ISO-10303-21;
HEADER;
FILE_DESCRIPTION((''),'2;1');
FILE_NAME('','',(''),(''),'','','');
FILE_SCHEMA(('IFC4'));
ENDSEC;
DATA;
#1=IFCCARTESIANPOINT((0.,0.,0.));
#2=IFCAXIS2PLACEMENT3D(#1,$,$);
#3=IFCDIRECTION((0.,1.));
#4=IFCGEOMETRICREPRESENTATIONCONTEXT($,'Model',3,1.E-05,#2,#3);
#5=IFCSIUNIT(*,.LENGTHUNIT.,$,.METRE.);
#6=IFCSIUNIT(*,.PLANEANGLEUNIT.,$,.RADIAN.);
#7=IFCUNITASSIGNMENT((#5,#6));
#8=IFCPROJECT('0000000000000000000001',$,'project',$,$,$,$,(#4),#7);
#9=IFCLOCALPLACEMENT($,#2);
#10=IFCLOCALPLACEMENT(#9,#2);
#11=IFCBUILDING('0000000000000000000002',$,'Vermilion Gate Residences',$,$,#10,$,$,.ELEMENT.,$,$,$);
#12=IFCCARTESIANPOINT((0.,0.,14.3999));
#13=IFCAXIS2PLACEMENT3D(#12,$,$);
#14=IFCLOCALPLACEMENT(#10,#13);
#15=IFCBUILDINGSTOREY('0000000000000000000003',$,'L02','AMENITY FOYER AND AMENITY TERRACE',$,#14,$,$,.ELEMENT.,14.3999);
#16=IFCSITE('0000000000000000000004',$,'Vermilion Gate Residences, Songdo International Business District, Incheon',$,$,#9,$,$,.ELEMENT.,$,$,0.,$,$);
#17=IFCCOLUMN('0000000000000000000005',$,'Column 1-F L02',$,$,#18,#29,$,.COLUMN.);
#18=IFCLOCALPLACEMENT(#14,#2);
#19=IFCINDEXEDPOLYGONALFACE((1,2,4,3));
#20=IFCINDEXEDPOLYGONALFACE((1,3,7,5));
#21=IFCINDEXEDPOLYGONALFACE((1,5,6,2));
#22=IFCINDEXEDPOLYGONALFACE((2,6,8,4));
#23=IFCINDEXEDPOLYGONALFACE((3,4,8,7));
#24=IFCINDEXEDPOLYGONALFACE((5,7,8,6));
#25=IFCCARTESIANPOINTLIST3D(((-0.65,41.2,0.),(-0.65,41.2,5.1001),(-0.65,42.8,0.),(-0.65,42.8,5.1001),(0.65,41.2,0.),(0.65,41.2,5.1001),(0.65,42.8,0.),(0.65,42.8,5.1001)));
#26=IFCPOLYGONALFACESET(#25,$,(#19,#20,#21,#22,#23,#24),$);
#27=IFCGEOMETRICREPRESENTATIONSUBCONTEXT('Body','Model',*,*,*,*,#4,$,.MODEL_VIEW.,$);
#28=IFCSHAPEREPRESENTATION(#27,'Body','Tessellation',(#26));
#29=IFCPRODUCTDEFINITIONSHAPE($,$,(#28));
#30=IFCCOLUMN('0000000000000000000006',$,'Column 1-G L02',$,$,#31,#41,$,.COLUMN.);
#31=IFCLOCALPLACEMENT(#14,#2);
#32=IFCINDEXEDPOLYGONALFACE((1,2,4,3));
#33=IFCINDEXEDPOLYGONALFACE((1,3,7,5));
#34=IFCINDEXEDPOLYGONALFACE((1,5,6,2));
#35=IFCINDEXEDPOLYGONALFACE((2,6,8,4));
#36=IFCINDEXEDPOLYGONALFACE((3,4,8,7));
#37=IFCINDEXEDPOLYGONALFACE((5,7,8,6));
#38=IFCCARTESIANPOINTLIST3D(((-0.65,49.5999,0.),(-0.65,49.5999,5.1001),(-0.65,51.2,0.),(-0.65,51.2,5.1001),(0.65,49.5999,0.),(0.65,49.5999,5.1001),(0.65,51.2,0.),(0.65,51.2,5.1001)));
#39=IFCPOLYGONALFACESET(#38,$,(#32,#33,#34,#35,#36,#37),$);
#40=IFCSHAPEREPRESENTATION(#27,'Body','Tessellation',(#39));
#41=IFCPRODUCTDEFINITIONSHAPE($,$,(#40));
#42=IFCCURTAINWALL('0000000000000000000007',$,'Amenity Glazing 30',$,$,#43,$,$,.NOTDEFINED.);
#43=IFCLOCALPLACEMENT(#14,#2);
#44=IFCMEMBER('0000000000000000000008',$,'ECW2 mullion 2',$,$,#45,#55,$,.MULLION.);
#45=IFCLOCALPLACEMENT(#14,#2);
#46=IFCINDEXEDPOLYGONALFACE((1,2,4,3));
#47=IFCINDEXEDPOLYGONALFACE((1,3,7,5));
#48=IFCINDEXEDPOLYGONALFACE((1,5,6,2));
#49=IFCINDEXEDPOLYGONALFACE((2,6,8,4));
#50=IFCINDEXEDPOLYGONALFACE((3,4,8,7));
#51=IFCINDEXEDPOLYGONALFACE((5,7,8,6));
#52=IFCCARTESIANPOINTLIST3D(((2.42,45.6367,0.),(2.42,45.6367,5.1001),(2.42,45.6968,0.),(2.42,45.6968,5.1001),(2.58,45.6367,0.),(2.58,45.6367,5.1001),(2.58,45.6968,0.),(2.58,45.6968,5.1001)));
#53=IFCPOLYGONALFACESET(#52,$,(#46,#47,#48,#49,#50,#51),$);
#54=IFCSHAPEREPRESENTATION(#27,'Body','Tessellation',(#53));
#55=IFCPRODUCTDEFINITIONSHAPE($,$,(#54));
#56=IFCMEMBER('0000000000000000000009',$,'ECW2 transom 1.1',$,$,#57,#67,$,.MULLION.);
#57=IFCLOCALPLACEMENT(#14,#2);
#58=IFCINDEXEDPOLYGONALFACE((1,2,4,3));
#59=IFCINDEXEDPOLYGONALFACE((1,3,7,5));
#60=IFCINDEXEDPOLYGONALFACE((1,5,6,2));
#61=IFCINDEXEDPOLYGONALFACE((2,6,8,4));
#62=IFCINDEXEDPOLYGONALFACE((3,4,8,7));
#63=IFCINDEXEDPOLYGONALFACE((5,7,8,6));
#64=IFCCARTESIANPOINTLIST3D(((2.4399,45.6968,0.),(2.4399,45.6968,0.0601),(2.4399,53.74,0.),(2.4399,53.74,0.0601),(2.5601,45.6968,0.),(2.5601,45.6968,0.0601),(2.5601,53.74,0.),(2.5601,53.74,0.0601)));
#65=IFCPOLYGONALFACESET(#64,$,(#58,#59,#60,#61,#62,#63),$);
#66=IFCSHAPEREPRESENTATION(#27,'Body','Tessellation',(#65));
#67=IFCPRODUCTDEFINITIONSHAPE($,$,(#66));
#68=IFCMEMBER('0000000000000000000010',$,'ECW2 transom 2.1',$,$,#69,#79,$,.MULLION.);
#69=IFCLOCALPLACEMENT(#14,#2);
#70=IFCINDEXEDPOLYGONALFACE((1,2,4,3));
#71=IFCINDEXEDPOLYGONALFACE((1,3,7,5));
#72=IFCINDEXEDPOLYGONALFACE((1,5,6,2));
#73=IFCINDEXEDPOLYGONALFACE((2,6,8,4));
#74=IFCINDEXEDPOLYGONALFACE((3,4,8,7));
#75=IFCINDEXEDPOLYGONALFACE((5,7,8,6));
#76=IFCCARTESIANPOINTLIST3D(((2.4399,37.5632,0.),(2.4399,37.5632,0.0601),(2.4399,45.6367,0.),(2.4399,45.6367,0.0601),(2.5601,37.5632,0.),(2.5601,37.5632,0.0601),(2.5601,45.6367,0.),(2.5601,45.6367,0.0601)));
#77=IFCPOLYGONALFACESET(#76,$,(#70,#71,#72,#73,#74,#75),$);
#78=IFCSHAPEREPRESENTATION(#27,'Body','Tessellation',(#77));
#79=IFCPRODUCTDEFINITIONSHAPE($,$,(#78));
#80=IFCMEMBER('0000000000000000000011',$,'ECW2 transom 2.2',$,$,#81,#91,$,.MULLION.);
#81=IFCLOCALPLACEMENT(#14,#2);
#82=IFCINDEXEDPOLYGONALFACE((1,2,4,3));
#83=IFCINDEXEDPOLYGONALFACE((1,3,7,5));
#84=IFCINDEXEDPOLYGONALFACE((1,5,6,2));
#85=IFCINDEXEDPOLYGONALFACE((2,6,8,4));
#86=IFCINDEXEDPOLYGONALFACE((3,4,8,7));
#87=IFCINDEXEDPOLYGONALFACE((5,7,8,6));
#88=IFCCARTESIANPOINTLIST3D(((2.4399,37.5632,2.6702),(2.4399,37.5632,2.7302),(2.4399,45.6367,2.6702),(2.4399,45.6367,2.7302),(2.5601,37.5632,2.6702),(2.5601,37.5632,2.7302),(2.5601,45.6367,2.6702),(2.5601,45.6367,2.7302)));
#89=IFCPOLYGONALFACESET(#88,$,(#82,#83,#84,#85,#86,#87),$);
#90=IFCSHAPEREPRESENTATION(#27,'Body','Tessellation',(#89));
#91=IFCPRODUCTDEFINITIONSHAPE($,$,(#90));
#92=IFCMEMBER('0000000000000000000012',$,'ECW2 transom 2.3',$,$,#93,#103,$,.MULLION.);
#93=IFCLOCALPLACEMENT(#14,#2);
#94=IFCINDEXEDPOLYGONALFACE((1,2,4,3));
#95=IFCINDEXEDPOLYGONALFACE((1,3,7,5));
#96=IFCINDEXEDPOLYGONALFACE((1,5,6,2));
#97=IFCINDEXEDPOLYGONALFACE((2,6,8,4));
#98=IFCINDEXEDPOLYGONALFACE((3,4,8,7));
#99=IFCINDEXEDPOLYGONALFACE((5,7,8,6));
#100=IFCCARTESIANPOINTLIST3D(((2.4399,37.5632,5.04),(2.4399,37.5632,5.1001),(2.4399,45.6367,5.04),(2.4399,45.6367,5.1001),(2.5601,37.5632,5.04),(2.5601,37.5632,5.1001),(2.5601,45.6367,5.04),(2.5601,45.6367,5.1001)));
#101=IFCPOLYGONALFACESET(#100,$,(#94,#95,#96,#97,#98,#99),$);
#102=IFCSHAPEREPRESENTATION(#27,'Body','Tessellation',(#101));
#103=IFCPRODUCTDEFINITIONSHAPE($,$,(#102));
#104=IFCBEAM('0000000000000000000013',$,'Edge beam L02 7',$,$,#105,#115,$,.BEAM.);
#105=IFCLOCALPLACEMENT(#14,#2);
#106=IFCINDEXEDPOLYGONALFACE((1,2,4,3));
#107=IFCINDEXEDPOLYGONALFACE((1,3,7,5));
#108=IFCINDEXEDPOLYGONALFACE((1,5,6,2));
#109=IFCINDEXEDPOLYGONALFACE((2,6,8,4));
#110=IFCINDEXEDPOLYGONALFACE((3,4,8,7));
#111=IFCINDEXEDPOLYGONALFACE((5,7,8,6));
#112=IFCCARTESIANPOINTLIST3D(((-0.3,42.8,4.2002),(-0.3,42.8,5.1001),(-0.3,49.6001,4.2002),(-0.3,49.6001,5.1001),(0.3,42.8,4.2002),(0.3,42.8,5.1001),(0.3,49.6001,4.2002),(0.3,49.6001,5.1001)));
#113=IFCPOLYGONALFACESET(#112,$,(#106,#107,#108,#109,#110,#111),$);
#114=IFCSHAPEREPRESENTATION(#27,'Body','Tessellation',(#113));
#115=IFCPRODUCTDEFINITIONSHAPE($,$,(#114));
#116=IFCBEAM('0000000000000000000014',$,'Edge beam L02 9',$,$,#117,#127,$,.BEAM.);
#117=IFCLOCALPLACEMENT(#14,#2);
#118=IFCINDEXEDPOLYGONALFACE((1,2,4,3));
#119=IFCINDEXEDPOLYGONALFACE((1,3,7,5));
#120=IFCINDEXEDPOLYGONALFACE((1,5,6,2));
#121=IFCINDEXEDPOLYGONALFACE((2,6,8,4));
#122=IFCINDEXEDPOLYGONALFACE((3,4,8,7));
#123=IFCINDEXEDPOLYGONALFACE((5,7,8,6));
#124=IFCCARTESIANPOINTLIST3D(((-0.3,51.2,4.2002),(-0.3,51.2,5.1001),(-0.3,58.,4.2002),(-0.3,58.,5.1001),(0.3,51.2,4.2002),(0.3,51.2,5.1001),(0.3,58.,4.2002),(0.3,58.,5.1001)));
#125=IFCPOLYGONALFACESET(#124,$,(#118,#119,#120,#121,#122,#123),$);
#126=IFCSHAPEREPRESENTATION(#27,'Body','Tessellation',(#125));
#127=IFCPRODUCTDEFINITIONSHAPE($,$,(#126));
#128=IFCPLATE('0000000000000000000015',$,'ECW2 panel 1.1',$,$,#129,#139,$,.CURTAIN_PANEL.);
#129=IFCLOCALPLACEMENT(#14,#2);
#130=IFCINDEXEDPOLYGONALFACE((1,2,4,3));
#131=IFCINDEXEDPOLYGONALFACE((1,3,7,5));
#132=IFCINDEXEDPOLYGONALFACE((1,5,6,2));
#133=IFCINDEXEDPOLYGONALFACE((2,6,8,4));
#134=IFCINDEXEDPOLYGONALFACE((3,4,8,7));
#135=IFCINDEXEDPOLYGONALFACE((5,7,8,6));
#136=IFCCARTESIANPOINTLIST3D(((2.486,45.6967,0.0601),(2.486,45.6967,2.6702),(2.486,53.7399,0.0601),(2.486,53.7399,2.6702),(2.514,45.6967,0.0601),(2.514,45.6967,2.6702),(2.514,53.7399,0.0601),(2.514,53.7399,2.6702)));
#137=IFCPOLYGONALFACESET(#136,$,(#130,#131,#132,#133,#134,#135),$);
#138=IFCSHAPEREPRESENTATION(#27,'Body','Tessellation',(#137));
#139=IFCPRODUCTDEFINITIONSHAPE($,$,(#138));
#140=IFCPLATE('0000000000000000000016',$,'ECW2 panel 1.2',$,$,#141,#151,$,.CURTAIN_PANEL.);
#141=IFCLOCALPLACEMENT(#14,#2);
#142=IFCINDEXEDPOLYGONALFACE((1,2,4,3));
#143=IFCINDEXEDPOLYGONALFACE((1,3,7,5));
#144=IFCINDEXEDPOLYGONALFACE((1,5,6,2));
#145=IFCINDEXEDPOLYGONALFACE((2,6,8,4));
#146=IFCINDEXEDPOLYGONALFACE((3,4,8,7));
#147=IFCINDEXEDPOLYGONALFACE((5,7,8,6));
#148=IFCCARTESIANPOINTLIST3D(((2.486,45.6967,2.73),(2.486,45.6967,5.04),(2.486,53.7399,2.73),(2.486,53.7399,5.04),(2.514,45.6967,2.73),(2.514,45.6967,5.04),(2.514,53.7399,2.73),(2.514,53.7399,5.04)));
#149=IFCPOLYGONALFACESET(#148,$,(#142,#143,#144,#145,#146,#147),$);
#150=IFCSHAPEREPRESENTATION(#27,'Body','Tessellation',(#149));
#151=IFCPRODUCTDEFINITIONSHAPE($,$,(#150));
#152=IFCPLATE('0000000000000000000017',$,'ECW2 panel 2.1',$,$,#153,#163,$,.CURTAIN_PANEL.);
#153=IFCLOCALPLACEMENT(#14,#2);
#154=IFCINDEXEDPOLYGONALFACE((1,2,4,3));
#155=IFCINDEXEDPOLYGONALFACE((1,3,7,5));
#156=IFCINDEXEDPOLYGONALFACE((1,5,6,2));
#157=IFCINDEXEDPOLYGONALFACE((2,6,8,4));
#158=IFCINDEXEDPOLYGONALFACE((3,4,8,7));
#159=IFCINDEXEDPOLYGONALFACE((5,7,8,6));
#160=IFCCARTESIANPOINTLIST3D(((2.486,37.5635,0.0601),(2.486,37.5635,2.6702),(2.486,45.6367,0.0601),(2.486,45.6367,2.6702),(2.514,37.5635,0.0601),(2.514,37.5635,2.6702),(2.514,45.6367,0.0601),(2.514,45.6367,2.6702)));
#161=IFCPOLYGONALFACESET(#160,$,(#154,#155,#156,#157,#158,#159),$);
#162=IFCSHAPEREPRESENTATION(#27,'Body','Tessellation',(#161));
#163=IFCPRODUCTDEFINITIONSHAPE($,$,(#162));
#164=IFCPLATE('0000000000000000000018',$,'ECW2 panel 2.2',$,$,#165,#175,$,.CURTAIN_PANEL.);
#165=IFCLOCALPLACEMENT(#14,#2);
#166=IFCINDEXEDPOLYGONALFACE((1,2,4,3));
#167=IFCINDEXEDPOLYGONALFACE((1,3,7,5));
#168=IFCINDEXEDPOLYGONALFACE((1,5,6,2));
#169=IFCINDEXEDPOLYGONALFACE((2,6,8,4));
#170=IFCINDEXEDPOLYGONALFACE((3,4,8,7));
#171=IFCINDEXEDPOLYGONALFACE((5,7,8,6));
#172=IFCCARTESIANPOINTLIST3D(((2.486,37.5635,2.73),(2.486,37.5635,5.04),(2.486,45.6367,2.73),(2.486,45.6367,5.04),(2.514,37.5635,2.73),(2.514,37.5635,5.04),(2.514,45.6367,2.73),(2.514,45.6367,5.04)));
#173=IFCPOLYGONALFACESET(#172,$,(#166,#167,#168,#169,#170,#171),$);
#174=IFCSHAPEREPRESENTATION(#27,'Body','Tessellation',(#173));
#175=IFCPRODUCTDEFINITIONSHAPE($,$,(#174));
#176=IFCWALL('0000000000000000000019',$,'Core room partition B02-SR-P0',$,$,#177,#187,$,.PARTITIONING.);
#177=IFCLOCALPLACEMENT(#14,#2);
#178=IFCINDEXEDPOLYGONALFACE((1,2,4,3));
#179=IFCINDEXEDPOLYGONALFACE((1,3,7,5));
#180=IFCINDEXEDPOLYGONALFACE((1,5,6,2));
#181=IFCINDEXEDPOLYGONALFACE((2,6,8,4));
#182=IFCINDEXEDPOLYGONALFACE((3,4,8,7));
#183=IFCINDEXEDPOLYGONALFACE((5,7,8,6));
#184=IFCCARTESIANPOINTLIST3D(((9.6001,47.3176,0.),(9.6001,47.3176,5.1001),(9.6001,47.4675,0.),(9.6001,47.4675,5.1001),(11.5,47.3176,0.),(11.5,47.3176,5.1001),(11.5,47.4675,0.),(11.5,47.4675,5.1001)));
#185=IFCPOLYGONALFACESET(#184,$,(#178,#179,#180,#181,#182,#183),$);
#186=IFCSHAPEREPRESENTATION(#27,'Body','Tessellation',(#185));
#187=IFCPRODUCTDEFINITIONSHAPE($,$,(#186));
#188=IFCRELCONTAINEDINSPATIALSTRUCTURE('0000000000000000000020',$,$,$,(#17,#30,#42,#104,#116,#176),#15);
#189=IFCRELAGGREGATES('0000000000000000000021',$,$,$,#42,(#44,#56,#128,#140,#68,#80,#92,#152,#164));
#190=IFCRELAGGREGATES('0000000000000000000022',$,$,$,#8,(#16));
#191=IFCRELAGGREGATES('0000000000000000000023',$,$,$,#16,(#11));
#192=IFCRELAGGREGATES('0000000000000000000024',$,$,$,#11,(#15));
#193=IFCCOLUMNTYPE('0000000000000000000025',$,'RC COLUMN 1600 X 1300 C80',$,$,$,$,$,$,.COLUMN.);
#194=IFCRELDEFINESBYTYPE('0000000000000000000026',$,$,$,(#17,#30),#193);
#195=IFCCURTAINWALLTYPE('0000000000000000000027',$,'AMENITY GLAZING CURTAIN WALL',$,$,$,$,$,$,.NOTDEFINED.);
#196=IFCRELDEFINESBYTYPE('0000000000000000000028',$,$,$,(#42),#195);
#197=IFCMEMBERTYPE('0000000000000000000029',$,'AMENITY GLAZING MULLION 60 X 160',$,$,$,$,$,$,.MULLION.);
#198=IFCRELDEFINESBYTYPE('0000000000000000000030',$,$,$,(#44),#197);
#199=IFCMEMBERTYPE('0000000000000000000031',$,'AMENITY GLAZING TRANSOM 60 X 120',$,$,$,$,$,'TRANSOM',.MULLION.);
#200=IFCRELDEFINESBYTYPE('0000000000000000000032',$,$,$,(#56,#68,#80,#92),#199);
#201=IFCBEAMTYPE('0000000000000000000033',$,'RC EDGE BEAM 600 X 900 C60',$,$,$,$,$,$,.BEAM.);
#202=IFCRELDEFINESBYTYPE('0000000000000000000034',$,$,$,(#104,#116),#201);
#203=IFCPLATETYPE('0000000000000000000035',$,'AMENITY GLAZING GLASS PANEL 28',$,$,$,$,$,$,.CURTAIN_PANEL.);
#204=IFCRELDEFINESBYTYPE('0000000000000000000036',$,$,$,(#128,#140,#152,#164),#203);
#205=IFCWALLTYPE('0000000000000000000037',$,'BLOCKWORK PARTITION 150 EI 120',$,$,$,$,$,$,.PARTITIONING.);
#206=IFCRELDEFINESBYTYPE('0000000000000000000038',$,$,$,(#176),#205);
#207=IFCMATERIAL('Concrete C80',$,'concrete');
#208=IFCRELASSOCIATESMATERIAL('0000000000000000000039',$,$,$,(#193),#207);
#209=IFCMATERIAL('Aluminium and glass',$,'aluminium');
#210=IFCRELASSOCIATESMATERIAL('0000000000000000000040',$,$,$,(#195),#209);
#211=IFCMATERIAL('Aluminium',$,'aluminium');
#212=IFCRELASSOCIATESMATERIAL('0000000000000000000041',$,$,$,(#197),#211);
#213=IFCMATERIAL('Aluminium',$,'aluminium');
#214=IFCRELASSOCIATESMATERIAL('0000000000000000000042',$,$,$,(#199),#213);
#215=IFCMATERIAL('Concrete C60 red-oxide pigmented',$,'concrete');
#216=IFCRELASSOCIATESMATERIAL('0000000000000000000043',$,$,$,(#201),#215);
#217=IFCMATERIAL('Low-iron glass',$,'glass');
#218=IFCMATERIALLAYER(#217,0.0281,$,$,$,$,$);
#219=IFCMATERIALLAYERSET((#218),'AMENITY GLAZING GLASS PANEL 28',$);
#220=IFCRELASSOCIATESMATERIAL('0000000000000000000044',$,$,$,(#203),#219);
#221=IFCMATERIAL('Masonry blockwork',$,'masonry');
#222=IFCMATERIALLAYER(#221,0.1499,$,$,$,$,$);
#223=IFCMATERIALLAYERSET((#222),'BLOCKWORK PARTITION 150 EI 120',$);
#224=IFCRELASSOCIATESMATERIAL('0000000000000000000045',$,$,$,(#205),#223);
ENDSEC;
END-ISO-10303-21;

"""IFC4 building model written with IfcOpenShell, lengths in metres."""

from ifc_helpers import new_model, si_unit, direction, frame, frame_2d, origin, origin_2d, place, context, subcontext, project, spatial, rectangle, extrude, material, layer, layer_set, material_profile, profile_set, type_object, element, aggregate, save


model = new_model("IFC4")

# Units and contexts
model_context = context("Model", 3, precision=1e-05, world=origin(), true_north=direction((0.0, 1.0)))
body_context = subcontext(model_context, "Body", "Model", "MODEL_VIEW")
ifc_project = project(units=[si_unit("LENGTHUNIT", "METRE"), si_unit("PLANEANGLEUNIT", "RADIAN")], contexts=[model_context])

# Site, building, storey
site_placement = place(None, origin())
site = spatial("IfcSite", under=ifc_project, at=site_placement, Name="Vermilion Gate Residences, Songdo International Business District, Incheon", CompositionType="ELEMENT", RefElevation=0.0)
building_placement = place(site_placement, origin())
building = spatial("IfcBuilding", under=site, at=building_placement, Name="Vermilion Gate Residences", CompositionType="ELEMENT")
storey_placement = place(building_placement, frame((0.0, 0.0, 14.3999)))
storey = spatial("IfcBuildingStorey", under=building, at=storey_placement, Name="L02", Description="AMENITY FOYER AND AMENITY TERRACE", CompositionType="ELEMENT", Elevation=14.3999)

# Columns
ifc_material_1 = material(Name="Concrete C80", Category="concrete")
ifc_material_profile_1 = material_profile(ifc_material_1, rectangle(XDim=1.6001, YDim=1.3, at=origin_2d()), Name="RC-1600x1300")
ifc_profile_set_1 = profile_set([ifc_material_profile_1], Name="Concrete C80")
column_type = type_object("IfcColumnType", Name="RC COLUMN 1600 X 1300 C80", PredefinedType="COLUMN", material=ifc_profile_set_1)
for number, where, z_axis, x_axis, name in (
    (1, (0.0, 42.0, 0.0), (0.0, 0.0, 1.0), (0.0, 1.0, 0.0), "Column 1-F L02"),
    (2, (0.0, 50.3999, 0.0), (0.0, 0.0, 1.0), (0.0, 1.0, 0.0), "Column 1-G L02"),
):
    element("IfcColumn", number, at=place(storey_placement, frame(where, z_axis=z_axis, x_axis=x_axis)), inside=storey, type_object=column_type, Name=name, PredefinedType="COLUMN", context=body_context, shape_type="SweptSolid", body=[
        extrude(rectangle(XDim=1.6001, YDim=1.3, at=origin_2d()), origin(), (0.0, 0.0, 1.0), 5.1001),
    ])

# Curtain wall, members
ifc_material_2 = material(Name="Aluminium and glass", Category="aluminium")
curtain_wall_type = type_object("IfcCurtainWallType", Name="AMENITY GLAZING CURTAIN WALL", PredefinedType="NOTDEFINED", material=ifc_material_2)
curtain_wall_placement = place(storey_placement, origin())
curtain_wall = element("IfcCurtainWall", 3, at=curtain_wall_placement, inside=storey, type_object=curtain_wall_type, Name="Amenity Glazing 30", PredefinedType="NOTDEFINED")
ifc_material_3 = material(Name="Aluminium", Category="aluminium")
ifc_material_profile_2 = material_profile(ifc_material_3, rectangle(XDim=0.1599, YDim=0.0601, at=origin_2d()), Name="MULLION 60 X 160")
ifc_profile_set_2 = profile_set([ifc_material_profile_2], Name="Aluminium")
member_type_1 = type_object("IfcMemberType", Name="AMENITY GLAZING MULLION 60 X 160", PredefinedType="MULLION", material=ifc_profile_set_2)
member_1_placement = place(storey_placement, frame((2.5, 45.6667, 0.0), z_axis=(0.0, 0.0, 1.0), x_axis=(1.0, 0.0, 0.0)))
member_1 = element("IfcMember", 4, at=member_1_placement, type_object=member_type_1, Name="ECW2 mullion 2", PredefinedType="MULLION", context=body_context, shape_type="SweptSolid", body=[
    extrude(rectangle(XDim=0.1599, YDim=0.0601, at=origin_2d()), origin(), (0.0, 0.0, 1.0), 5.1001),
])
ifc_material_4 = material(Name="Aluminium", Category="aluminium")
ifc_material_profile_3 = material_profile(ifc_material_4, rectangle(XDim=0.1201, YDim=0.0601, at=origin_2d()), Name="TRANSOM 60 X 120")
ifc_profile_set_3 = profile_set([ifc_material_profile_3], Name="Aluminium")
member_type_2 = type_object("IfcMemberType", Name="AMENITY GLAZING TRANSOM 60 X 120", ElementType="TRANSOM", PredefinedType="MULLION", material=ifc_profile_set_3)
member_2_placement = place(storey_placement, frame((2.5, 53.74, 0.03), z_axis=(0.0, -1.0, 0.0), x_axis=(1.0, 0.0, 0.0)))
member_2 = element("IfcMember", 5, at=member_2_placement, type_object=member_type_2, Name="ECW2 transom 1.1", PredefinedType="MULLION", context=body_context, shape_type="SweptSolid", body=[
    extrude(rectangle(XDim=0.1201, YDim=0.0601, at=origin_2d()), origin(), (0.0, 0.0, 1.0), 8.0432),
])
member_3_placement = place(storey_placement, frame((2.5, 45.6367, 0.03), z_axis=(0.0, -1.0, 0.0), x_axis=(1.0, 0.0, 0.0)))
member_3 = element("IfcMember", 6, at=member_3_placement, type_object=member_type_2, Name="ECW2 transom 2.1", PredefinedType="MULLION", context=body_context, shape_type="SweptSolid", body=[
    extrude(rectangle(XDim=0.1201, YDim=0.0601, at=origin_2d()), origin(), (0.0, 0.0, 1.0), 8.0735),
])
member_4_placement = place(storey_placement, frame((2.5, 45.6367, 2.7002), z_axis=(0.0, -1.0, 0.0), x_axis=(1.0, 0.0, 0.0)))
member_4 = element("IfcMember", 7, at=member_4_placement, type_object=member_type_2, Name="ECW2 transom 2.2", PredefinedType="MULLION", context=body_context, shape_type="SweptSolid", body=[
    extrude(rectangle(XDim=0.1201, YDim=0.0601, at=origin_2d()), origin(), (0.0, 0.0, 1.0), 8.0735),
])
member_5_placement = place(storey_placement, frame((2.5, 45.6367, 5.0701), z_axis=(0.0, -1.0, 0.0), x_axis=(1.0, 0.0, 0.0)))
member_5 = element("IfcMember", 8, at=member_5_placement, type_object=member_type_2, Name="ECW2 transom 2.3", PredefinedType="MULLION", context=body_context, shape_type="SweptSolid", body=[
    extrude(rectangle(XDim=0.1201, YDim=0.0601, at=origin_2d()), origin(), (0.0, 0.0, 1.0), 8.0735),
])

# Beams
ifc_material_5 = material(Name="Concrete C60 red-oxide pigmented", Category="concrete")
ifc_material_profile_4 = material_profile(ifc_material_5, rectangle(XDim=0.6001, YDim=0.8999, at=origin_2d()), Name="RC-600x900")
ifc_profile_set_4 = profile_set([ifc_material_profile_4], Name="Concrete C60 red-oxide pigmented")
beam_type = type_object("IfcBeamType", Name="RC EDGE BEAM 600 X 900 C60", PredefinedType="BEAM", material=ifc_profile_set_4)
for number, where, z_axis, x_axis, name in (
    (9, (0.0, 42.8, 4.6501), (0.0, 1.0, 0.0), (-1.0, 0.0, 0.0), "Edge beam L02 7"),
    (10, (0.0, 51.2, 4.6501), (0.0, 1.0, 0.0), (-1.0, 0.0, 0.0), "Edge beam L02 9"),
):
    element("IfcBeam", number, at=place(storey_placement, frame(where, z_axis=z_axis, x_axis=x_axis)), inside=storey, type_object=beam_type, Name=name, PredefinedType="BEAM", context=body_context, shape_type="SweptSolid", body=[
        extrude(rectangle(XDim=0.6001, YDim=0.8999, at=origin_2d()), origin(), (0.0, 0.0, 1.0), 6.8),
    ])

# Plates
ifc_material_6 = material(Name="Low-iron glass", Category="glass")
ifc_layer_1 = layer(ifc_material_6, 0.0281)
ifc_layer_set_1 = layer_set([ifc_layer_1], Name="AMENITY GLAZING GLASS PANEL 28")
plate_type = type_object("IfcPlateType", Name="AMENITY GLAZING GLASS PANEL 28", PredefinedType="CURTAIN_PANEL", material=ifc_layer_set_1)
plate_1_placement = place(storey_placement, frame((2.5, 49.7183, 0.0601), z_axis=(0.0, 0.0, 1.0), x_axis=(0.0, -1.0, 0.0)))
plate_1 = element("IfcPlate", 11, at=plate_1_placement, type_object=plate_type, Name="ECW2 panel 1.1", PredefinedType="CURTAIN_PANEL", context=body_context, shape_type="SweptSolid", body=[
    extrude(rectangle(XDim=8.0432, YDim=0.0281, at=origin_2d()), origin(), (0.0, 0.0, 1.0), 2.6101),
])
plate_2_placement = place(storey_placement, frame((2.5, 49.7183, 2.73), z_axis=(0.0, 0.0, 1.0), x_axis=(0.0, -1.0, 0.0)))
plate_2 = element("IfcPlate", 12, at=plate_2_placement, type_object=plate_type, Name="ECW2 panel 1.2", PredefinedType="CURTAIN_PANEL", context=body_context, shape_type="SweptSolid", body=[
    extrude(rectangle(XDim=8.0432, YDim=0.0281, at=origin_2d()), origin(), (0.0, 0.0, 1.0), 2.3101),
])
plate_3_placement = place(storey_placement, frame((2.5, 41.6001, 0.0601), z_axis=(0.0, 0.0, 1.0), x_axis=(0.0, -1.0, 0.0)))
plate_3 = element("IfcPlate", 13, at=plate_3_placement, type_object=plate_type, Name="ECW2 panel 2.1", PredefinedType="CURTAIN_PANEL", context=body_context, shape_type="SweptSolid", body=[
    extrude(rectangle(XDim=8.0732, YDim=0.0281, at=origin_2d()), origin(), (0.0, 0.0, 1.0), 2.6101),
])
plate_4_placement = place(storey_placement, frame((2.5, 41.6001, 2.73), z_axis=(0.0, 0.0, 1.0), x_axis=(0.0, -1.0, 0.0)))
plate_4 = element("IfcPlate", 14, at=plate_4_placement, type_object=plate_type, Name="ECW2 panel 2.2", PredefinedType="CURTAIN_PANEL", context=body_context, shape_type="SweptSolid", body=[
    extrude(rectangle(XDim=8.0732, YDim=0.0281, at=origin_2d()), origin(), (0.0, 0.0, 1.0), 2.3101),
])
aggregate(curtain_wall, [member_1, member_2, plate_1, plate_2, member_3, member_4, member_5, plate_3, plate_4])

# Wall
ifc_material_7 = material(Name="Masonry blockwork", Category="masonry")
ifc_layer_2 = layer(ifc_material_7, 0.1499)
ifc_layer_set_2 = layer_set([ifc_layer_2], Name="BLOCKWORK PARTITION 150 EI 120")
wall_type_1 = type_object("IfcWallType", Name="BLOCKWORK PARTITION 150 EI 120", PredefinedType="PARTITIONING", material=ifc_layer_set_2)
wall_1_placement = place(storey_placement, frame((9.6001, 47.3926, 0.0), z_axis=(0.0, 0.0, 1.0), x_axis=(1.0, 0.0, 0.0)))
element("IfcWall", 15, at=wall_1_placement, inside=storey, type_object=wall_type_1, Name="Core room partition B02-SR-P0", PredefinedType="PARTITIONING", context=body_context, shape_type="SweptSolid", body=[
    extrude(rectangle(XDim=1.8999, YDim=0.1499, at=frame_2d((0.95, 0.0))), origin(), (0.0, 0.0, 1.0), 5.1001),
])

save(model, "model.ifc")
